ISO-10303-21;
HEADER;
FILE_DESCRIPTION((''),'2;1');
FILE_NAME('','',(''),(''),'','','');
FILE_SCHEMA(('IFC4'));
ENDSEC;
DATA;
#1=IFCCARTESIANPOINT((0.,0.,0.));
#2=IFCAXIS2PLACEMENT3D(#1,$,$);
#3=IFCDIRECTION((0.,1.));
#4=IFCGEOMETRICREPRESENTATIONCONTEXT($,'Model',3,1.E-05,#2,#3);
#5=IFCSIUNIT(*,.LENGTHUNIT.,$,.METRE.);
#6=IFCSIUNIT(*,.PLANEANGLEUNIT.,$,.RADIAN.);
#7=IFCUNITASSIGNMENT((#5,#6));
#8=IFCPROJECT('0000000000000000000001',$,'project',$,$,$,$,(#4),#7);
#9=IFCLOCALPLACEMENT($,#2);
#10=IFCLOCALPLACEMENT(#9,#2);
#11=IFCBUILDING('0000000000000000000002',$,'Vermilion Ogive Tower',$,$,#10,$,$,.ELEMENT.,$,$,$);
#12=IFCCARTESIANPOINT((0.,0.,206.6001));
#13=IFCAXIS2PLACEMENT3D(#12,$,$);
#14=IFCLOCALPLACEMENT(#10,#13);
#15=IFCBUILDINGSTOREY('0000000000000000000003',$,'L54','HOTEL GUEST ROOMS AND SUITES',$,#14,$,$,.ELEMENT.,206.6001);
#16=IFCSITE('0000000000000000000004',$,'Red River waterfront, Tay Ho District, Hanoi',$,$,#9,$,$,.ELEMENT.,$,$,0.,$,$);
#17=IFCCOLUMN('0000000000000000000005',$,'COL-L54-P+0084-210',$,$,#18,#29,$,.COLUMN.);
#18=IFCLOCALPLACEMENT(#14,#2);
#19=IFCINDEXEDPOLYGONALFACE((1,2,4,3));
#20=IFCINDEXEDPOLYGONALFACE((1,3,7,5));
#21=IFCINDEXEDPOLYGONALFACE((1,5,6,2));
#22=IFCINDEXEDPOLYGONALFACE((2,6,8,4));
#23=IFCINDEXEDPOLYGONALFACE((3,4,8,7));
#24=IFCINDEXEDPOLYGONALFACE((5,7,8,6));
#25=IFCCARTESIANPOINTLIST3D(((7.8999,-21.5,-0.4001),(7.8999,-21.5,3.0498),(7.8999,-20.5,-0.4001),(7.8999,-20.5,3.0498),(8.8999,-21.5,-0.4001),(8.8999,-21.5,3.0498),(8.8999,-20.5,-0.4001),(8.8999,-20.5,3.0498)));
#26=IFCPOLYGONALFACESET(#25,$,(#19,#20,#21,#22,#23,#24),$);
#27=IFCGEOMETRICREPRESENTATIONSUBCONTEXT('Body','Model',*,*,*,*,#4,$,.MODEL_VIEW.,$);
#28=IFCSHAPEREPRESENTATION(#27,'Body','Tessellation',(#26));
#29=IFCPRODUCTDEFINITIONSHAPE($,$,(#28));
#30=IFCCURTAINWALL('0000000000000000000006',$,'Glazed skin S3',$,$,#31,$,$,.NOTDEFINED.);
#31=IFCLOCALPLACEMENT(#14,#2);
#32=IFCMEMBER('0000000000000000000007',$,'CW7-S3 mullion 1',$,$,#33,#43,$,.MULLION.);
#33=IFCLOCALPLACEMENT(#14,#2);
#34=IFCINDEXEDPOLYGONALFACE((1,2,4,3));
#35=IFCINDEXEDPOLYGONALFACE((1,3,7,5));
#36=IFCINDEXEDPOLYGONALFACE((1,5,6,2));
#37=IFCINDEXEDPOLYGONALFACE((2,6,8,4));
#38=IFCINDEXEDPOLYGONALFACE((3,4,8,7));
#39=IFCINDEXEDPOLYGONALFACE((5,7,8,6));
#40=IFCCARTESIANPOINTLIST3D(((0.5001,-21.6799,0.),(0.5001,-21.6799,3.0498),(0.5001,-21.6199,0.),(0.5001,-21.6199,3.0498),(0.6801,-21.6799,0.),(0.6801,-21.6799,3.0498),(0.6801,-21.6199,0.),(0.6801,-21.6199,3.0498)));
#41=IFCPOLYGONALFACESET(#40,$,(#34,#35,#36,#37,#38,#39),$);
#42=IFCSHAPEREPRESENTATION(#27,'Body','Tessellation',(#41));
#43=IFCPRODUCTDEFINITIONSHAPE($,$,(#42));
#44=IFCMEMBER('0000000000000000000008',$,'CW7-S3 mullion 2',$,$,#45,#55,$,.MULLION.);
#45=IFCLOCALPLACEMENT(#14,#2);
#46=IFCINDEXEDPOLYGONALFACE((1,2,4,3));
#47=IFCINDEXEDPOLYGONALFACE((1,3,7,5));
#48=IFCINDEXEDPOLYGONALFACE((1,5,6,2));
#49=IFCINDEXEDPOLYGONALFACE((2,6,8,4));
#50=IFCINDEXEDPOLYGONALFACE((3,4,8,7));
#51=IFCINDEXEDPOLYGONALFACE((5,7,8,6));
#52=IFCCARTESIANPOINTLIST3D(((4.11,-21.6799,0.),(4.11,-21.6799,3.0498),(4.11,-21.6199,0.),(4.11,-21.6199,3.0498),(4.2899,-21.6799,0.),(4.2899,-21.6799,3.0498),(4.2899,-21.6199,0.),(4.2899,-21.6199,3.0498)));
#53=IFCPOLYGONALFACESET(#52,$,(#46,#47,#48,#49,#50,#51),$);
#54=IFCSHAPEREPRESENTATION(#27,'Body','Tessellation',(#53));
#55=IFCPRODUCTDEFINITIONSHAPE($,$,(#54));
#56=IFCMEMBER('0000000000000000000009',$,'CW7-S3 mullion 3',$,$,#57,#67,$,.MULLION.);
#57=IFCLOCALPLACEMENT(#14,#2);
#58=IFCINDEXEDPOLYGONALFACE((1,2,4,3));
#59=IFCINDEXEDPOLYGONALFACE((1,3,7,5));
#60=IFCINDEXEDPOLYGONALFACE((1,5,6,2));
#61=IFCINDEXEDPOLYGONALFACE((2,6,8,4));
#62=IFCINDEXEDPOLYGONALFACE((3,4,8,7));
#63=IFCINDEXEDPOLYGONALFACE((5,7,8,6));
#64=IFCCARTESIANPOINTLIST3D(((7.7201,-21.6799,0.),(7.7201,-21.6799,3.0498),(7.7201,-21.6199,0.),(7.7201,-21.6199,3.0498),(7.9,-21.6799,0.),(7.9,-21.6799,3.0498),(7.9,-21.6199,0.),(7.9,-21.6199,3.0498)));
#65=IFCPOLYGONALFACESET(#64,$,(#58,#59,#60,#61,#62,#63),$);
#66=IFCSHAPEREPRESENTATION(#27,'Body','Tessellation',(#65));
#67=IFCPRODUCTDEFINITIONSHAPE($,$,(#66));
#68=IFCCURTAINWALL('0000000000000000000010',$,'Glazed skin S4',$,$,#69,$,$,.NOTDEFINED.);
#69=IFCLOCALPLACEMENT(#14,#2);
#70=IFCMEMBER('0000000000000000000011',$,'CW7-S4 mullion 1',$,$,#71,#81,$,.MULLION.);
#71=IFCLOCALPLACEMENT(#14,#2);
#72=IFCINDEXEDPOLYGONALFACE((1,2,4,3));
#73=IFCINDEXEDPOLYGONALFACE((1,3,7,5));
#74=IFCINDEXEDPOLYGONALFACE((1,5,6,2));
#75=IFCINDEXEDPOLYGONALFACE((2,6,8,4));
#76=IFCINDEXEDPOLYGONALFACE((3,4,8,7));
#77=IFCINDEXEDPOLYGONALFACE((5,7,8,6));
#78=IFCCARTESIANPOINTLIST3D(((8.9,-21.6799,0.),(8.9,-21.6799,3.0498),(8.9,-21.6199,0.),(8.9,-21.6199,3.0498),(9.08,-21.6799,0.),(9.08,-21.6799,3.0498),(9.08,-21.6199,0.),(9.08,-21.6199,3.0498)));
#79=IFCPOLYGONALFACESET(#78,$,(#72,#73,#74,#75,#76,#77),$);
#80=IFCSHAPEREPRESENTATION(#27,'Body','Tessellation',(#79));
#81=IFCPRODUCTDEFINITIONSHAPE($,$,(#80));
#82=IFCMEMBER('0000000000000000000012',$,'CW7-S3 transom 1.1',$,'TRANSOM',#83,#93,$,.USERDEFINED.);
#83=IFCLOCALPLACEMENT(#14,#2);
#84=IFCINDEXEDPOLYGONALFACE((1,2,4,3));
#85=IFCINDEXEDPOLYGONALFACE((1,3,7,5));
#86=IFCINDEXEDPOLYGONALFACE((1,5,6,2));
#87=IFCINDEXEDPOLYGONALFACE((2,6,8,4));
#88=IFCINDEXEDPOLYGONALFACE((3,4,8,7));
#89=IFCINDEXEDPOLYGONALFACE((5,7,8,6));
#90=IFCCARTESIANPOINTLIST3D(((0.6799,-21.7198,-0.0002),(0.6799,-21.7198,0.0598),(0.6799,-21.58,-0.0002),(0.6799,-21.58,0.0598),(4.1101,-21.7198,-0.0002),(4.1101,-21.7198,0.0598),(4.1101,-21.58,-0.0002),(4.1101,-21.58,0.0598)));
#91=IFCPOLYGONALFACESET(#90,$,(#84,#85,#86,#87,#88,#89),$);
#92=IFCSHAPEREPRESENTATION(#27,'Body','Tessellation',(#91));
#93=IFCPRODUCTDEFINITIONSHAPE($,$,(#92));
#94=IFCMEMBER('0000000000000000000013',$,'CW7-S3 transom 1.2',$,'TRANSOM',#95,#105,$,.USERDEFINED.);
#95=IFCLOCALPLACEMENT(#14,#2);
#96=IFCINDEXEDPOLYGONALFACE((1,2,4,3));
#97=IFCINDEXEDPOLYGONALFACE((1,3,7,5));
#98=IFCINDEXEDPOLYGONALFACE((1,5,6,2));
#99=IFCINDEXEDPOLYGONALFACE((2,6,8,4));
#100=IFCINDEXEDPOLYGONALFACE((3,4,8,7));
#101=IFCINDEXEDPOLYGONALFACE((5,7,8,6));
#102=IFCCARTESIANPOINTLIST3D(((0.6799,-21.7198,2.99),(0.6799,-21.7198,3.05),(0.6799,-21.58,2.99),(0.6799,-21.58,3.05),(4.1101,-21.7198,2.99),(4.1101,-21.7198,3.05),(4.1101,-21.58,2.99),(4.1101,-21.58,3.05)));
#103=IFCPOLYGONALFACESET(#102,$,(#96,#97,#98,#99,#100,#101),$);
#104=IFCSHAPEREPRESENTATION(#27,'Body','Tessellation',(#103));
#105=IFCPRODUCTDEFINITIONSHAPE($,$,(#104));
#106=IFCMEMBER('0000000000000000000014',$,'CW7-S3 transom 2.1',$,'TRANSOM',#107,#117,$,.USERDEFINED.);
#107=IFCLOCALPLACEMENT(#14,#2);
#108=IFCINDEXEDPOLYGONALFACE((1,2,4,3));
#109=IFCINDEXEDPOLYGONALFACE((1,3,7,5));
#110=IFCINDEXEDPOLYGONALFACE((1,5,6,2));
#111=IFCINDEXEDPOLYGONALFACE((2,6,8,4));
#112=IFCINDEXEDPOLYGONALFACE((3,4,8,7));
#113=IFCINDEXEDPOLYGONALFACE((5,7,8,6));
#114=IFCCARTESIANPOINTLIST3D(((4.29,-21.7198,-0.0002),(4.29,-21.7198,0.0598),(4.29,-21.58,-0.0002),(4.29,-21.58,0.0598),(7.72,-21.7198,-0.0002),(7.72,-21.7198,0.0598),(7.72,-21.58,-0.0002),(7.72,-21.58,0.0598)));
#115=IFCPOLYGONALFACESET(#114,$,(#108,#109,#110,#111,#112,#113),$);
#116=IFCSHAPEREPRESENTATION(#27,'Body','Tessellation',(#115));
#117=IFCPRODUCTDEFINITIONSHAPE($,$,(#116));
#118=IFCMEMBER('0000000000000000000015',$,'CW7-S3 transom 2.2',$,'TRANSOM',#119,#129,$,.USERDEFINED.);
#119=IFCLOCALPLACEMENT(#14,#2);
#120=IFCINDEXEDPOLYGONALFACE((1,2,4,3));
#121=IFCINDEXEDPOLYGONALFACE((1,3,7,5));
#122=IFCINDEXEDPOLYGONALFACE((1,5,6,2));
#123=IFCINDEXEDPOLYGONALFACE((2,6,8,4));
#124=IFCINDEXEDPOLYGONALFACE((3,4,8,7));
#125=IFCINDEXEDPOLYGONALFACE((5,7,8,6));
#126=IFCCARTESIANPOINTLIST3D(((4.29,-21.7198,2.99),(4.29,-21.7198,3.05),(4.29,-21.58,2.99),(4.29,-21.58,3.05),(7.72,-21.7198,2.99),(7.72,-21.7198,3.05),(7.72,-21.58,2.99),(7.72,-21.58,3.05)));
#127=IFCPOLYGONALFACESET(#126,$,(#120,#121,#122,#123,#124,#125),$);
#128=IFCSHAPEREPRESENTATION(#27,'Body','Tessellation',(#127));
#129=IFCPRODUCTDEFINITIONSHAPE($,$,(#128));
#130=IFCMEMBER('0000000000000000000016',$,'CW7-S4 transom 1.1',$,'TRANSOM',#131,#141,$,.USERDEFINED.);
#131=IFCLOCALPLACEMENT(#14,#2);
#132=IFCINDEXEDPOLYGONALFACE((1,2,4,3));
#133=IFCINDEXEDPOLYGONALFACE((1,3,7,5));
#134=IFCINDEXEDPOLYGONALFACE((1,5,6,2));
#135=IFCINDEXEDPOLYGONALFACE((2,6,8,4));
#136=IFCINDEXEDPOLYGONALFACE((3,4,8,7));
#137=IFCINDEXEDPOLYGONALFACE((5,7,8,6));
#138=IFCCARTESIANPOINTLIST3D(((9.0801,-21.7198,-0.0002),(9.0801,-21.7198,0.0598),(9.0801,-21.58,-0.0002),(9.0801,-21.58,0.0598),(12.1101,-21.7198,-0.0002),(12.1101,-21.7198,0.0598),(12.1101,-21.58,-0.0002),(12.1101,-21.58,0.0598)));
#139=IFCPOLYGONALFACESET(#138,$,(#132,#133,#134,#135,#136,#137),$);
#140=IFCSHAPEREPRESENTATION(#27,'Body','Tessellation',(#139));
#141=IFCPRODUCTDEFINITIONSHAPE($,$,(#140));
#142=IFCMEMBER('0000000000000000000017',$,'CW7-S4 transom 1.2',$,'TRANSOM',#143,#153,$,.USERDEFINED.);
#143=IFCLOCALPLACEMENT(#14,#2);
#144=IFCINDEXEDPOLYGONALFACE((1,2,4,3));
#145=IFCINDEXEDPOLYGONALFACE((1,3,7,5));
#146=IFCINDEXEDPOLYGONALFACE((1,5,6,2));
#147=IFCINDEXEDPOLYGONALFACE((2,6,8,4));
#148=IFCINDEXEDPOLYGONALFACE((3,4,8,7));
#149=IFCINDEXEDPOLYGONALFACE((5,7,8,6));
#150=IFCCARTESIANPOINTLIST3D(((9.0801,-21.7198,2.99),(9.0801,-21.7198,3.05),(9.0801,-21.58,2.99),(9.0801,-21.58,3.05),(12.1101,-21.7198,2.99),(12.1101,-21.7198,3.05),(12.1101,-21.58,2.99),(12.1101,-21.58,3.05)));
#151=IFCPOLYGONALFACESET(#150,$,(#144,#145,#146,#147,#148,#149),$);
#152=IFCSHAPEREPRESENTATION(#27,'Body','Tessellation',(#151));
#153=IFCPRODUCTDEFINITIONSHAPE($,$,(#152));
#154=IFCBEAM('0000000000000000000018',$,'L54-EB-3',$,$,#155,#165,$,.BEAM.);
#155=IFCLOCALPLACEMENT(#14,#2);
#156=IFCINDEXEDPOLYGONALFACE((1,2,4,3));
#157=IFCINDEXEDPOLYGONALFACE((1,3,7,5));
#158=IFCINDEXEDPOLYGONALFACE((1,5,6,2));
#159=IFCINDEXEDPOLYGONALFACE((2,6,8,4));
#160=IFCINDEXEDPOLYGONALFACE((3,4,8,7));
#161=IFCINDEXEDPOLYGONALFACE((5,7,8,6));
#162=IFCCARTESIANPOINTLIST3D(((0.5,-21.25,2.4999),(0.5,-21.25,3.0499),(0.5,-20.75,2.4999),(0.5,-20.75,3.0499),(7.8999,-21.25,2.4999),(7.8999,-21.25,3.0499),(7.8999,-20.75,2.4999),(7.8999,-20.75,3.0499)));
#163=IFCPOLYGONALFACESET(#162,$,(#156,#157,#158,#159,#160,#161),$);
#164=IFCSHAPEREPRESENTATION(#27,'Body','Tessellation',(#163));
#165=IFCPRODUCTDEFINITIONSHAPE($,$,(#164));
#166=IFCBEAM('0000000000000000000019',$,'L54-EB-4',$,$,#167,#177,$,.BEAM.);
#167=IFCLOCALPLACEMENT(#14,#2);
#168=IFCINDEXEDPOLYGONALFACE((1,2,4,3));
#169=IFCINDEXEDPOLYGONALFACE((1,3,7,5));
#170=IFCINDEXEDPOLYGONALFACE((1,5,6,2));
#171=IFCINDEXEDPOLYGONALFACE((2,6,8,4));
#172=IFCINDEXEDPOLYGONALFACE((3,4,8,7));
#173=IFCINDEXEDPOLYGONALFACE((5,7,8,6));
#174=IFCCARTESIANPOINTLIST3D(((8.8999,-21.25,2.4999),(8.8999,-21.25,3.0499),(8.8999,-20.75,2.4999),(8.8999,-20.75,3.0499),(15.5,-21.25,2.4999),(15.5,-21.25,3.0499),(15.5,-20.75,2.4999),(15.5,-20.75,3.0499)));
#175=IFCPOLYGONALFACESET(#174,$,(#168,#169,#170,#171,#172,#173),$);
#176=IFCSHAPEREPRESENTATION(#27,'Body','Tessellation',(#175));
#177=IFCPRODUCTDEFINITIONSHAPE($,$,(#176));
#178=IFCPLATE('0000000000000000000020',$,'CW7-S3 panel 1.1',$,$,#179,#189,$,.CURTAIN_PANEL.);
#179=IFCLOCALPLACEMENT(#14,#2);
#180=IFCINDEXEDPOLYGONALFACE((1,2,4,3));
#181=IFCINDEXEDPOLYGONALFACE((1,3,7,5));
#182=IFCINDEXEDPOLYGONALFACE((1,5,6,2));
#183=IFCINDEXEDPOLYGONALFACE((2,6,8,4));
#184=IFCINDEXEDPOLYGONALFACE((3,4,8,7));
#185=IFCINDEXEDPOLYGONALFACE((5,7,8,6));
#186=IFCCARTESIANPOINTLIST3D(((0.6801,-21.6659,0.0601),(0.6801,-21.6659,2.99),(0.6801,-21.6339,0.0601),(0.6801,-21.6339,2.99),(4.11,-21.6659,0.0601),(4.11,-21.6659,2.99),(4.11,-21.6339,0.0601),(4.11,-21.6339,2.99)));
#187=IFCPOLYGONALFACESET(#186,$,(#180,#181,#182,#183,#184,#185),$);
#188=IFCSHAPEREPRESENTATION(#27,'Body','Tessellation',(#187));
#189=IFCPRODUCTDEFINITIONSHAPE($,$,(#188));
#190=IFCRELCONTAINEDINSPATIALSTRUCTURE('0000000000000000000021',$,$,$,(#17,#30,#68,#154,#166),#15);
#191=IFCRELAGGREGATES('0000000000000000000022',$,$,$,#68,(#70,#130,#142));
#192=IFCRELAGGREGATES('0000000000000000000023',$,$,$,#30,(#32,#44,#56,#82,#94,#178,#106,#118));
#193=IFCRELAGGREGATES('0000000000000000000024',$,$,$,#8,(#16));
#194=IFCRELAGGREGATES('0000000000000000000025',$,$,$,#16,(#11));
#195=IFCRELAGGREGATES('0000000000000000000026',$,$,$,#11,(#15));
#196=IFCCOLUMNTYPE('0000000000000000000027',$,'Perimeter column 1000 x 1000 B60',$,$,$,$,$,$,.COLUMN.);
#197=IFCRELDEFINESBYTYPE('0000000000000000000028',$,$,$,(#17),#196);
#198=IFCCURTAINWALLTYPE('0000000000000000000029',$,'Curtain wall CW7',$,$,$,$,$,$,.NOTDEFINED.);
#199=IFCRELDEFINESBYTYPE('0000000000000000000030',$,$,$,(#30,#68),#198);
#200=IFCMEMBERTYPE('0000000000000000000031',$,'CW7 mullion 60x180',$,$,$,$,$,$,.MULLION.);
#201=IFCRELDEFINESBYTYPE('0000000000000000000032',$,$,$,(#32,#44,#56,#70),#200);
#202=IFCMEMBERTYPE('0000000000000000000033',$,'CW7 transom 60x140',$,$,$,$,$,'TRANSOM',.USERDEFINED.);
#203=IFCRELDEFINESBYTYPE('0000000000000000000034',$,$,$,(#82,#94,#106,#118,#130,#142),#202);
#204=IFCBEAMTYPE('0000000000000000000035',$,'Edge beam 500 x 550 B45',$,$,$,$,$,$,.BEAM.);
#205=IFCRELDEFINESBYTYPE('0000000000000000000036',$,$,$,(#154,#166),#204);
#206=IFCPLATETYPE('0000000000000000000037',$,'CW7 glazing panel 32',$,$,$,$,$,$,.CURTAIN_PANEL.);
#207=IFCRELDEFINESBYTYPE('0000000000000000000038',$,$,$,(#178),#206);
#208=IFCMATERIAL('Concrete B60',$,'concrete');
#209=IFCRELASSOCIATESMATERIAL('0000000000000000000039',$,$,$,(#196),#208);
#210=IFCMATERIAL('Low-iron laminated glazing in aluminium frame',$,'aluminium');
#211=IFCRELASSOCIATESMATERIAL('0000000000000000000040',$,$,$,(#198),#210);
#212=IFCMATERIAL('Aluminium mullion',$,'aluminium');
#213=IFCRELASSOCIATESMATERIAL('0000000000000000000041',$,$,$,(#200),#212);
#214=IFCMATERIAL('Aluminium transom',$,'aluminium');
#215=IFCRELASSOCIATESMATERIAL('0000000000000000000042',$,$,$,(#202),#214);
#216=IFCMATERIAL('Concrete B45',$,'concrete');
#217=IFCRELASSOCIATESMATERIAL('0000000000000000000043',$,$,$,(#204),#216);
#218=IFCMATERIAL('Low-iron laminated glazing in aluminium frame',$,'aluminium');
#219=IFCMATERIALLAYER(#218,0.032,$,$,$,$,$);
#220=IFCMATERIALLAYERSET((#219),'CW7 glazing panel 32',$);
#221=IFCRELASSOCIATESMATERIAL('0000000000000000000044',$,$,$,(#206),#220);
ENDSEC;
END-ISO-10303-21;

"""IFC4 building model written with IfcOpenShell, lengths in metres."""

from ifc_helpers import new_model, si_unit, direction, frame, origin, origin_2d, place, context, subcontext, project, spatial, rectangle, extrude, material, layer, layer_set, material_profile, profile_set, type_object, element, aggregate, save


model = new_model("IFC4")

# Units and contexts
model_context = context("Model", 3, precision=1e-05, world=origin(), true_north=direction((0.0, 1.0)))
body_context = subcontext(model_context, "Body", "Model", "MODEL_VIEW")
ifc_project = project(units=[si_unit("LENGTHUNIT", "METRE"), si_unit("PLANEANGLEUNIT", "RADIAN")], contexts=[model_context])

# Site, building, storey
site_placement = place(None, origin())
site = spatial("IfcSite", under=ifc_project, at=site_placement, Name="Red River waterfront, Tay Ho District, Hanoi", CompositionType="ELEMENT", RefElevation=0.0)
building_placement = place(site_placement, origin())
building = spatial("IfcBuilding", under=site, at=building_placement, Name="Vermilion Ogive Tower", CompositionType="ELEMENT")
storey_placement = place(building_placement, frame((0.0, 0.0, 206.6001)))
storey = spatial("IfcBuildingStorey", under=building, at=storey_placement, Name="L54", Description="HOTEL GUEST ROOMS AND SUITES", CompositionType="ELEMENT", Elevation=206.6001)

# Column
ifc_material_1 = material(Name="Concrete B60", Category="concrete")
ifc_material_profile_1 = material_profile(ifc_material_1, rectangle(XDim=1.0, YDim=1.0, at=origin_2d()), Name="1000 x 1000")
ifc_profile_set_1 = profile_set([ifc_material_profile_1], Name="Concrete B60")
column_type = type_object("IfcColumnType", Name="Perimeter column 1000 x 1000 B60", PredefinedType="COLUMN", material=ifc_profile_set_1)
column_placement = place(storey_placement, frame((8.3999, -21.0, -0.4001), z_axis=(0.0, 0.0, 1.0), x_axis=(1.0, 0.0, 0.0)))
element("IfcColumn", 1, at=column_placement, inside=storey, type_object=column_type, Name="COL-L54-P+0084-210", PredefinedType="COLUMN", context=body_context, shape_type="SweptSolid", body=[
    extrude(rectangle(XDim=1.0, YDim=1.0, at=origin_2d()), origin(), (0.0, 0.0, 1.0), 3.45),
])

# Curtain wall, members
ifc_material_2 = material(Name="Low-iron laminated glazing in aluminium frame", Category="aluminium")
curtain_wall_type = type_object("IfcCurtainWallType", Name="Curtain wall CW7", PredefinedType="NOTDEFINED", material=ifc_material_2)
curtain_wall_1_placement = place(storey_placement, origin())
curtain_wall_1 = element("IfcCurtainWall", 2, at=curtain_wall_1_placement, inside=storey, type_object=curtain_wall_type, Name="Glazed skin S3", PredefinedType="NOTDEFINED")
ifc_material_3 = material(Name="Aluminium mullion", Category="aluminium")
ifc_material_profile_2 = material_profile(ifc_material_3, rectangle(XDim=0.0601, YDim=0.1799, at=origin_2d()), Name="AL 60x180")
ifc_profile_set_2 = profile_set([ifc_material_profile_2], Name="Aluminium mullion")
member_type_1 = type_object("IfcMemberType", Name="CW7 mullion 60x180", PredefinedType="MULLION", material=ifc_profile_set_2)
member_1_placement = place(storey_placement, frame((0.5901, -21.6499, 0.0), z_axis=(0.0, 0.0, 1.0), x_axis=(0.0, 1.0, 0.0)))
member_1 = element("IfcMember", 3, at=member_1_placement, type_object=member_type_1, Name="CW7-S3 mullion 1", PredefinedType="MULLION", context=body_context, shape_type="SweptSolid", body=[
    extrude(rectangle(XDim=0.0601, YDim=0.1799, at=origin_2d()), origin(), (0.0, 0.0, 1.0), 3.0498),
])
member_2_placement = place(storey_placement, frame((4.2, -21.6499, 0.0), z_axis=(0.0, 0.0, 1.0), x_axis=(0.0, 1.0, 0.0)))
member_2 = element("IfcMember", 4, at=member_2_placement, type_object=member_type_1, Name="CW7-S3 mullion 2", PredefinedType="MULLION", context=body_context, shape_type="SweptSolid", body=[
    extrude(rectangle(XDim=0.0601, YDim=0.1799, at=origin_2d()), origin(), (0.0, 0.0, 1.0), 3.0498),
])
member_3_placement = place(storey_placement, frame((7.8101, -21.6499, 0.0), z_axis=(0.0, 0.0, 1.0), x_axis=(0.0, 1.0, 0.0)))
member_3 = element("IfcMember", 5, at=member_3_placement, type_object=member_type_1, Name="CW7-S3 mullion 3", PredefinedType="MULLION", context=body_context, shape_type="SweptSolid", body=[
    extrude(rectangle(XDim=0.0601, YDim=0.1799, at=origin_2d()), origin(), (0.0, 0.0, 1.0), 3.0498),
])

# Curtain wall, member
curtain_wall_2_placement = place(storey_placement, origin())
curtain_wall_2 = element("IfcCurtainWall", 6, at=curtain_wall_2_placement, inside=storey, type_object=curtain_wall_type, Name="Glazed skin S4", PredefinedType="NOTDEFINED")
member_4_placement = place(storey_placement, frame((8.99, -21.6499, 0.0), z_axis=(0.0, 0.0, 1.0), x_axis=(0.0, 1.0, 0.0)))
member_4 = element("IfcMember", 7, at=member_4_placement, type_object=member_type_1, Name="CW7-S4 mullion 1", PredefinedType="MULLION", context=body_context, shape_type="SweptSolid", body=[
    extrude(rectangle(XDim=0.0601, YDim=0.1799, at=origin_2d()), origin(), (0.0, 0.0, 1.0), 3.0498),
])

# Members
ifc_material_4 = material(Name="Aluminium transom", Category="aluminium")
ifc_material_profile_3 = material_profile(ifc_material_4, rectangle(XDim=0.1399, YDim=0.0601, at=origin_2d()), Name="AL 60x140")
ifc_profile_set_3 = profile_set([ifc_material_profile_3], Name="Aluminium transom")
member_type_2 = type_object("IfcMemberType", Name="CW7 transom 60x140", ElementType="TRANSOM", PredefinedType="USERDEFINED", material=ifc_profile_set_3)
member_5_placement = place(storey_placement, frame((0.6799, -21.6499, 0.0298), z_axis=(1.0, 0.0, 0.0), x_axis=(0.0, 1.0, 0.0)))
member_5 = element("IfcMember", 8, at=member_5_placement, type_object=member_type_2, Name="CW7-S3 transom 1.1", ObjectType="TRANSOM", PredefinedType="USERDEFINED", context=body_context, shape_type="SweptSolid", body=[
    extrude(rectangle(XDim=0.1399, YDim=0.0601, at=origin_2d()), origin(), (0.0, 0.0, 1.0), 3.4302),
])
member_6_placement = place(storey_placement, frame((0.6799, -21.6499, 3.02), z_axis=(1.0, 0.0, 0.0), x_axis=(0.0, 1.0, 0.0)))
member_6 = element("IfcMember", 9, at=member_6_placement, type_object=member_type_2, Name="CW7-S3 transom 1.2", ObjectType="TRANSOM", PredefinedType="USERDEFINED", context=body_context, shape_type="SweptSolid", body=[
    extrude(rectangle(XDim=0.1399, YDim=0.0601, at=origin_2d()), origin(), (0.0, 0.0, 1.0), 3.4302),
])
member_7_placement = place(storey_placement, frame((4.29, -21.6499, 0.0298), z_axis=(1.0, 0.0, 0.0), x_axis=(0.0, 1.0, 0.0)))
member_7 = element("IfcMember", 10, at=member_7_placement, type_object=member_type_2, Name="CW7-S3 transom 2.1", ObjectType="TRANSOM", PredefinedType="USERDEFINED", context=body_context, shape_type="SweptSolid", body=[
    extrude(rectangle(XDim=0.1399, YDim=0.0601, at=origin_2d()), origin(), (0.0, 0.0, 1.0), 3.4299),
])
member_8_placement = place(storey_placement, frame((4.29, -21.6499, 3.02), z_axis=(1.0, 0.0, 0.0), x_axis=(0.0, 1.0, 0.0)))
member_8 = element("IfcMember", 11, at=member_8_placement, type_object=member_type_2, Name="CW7-S3 transom 2.2", ObjectType="TRANSOM", PredefinedType="USERDEFINED", context=body_context, shape_type="SweptSolid", body=[
    extrude(rectangle(XDim=0.1399, YDim=0.0601, at=origin_2d()), origin(), (0.0, 0.0, 1.0), 3.4299),
])
member_9_placement = place(storey_placement, frame((9.0801, -21.6499, 0.0298), z_axis=(1.0, 0.0, 0.0), x_axis=(0.0, 1.0, 0.0)))
member_9 = element("IfcMember", 12, at=member_9_placement, type_object=member_type_2, Name="CW7-S4 transom 1.1", ObjectType="TRANSOM", PredefinedType="USERDEFINED", context=body_context, shape_type="SweptSolid", body=[
    extrude(rectangle(XDim=0.1399, YDim=0.0601, at=origin_2d()), origin(), (0.0, 0.0, 1.0), 3.03),
])
member_10_placement = place(storey_placement, frame((9.0801, -21.6499, 3.02), z_axis=(1.0, 0.0, 0.0), x_axis=(0.0, 1.0, 0.0)))
member_10 = element("IfcMember", 13, at=member_10_placement, type_object=member_type_2, Name="CW7-S4 transom 1.2", ObjectType="TRANSOM", PredefinedType="USERDEFINED", context=body_context, shape_type="SweptSolid", body=[
    extrude(rectangle(XDim=0.1399, YDim=0.0601, at=origin_2d()), origin(), (0.0, 0.0, 1.0), 3.03),
])
aggregate(curtain_wall_2, [member_4, member_9, member_10])

# Beams
ifc_material_5 = material(Name="Concrete B45", Category="concrete")
ifc_material_profile_4 = material_profile(ifc_material_5, rectangle(XDim=0.5, YDim=0.55, at=origin_2d()), Name="500 x 550")
ifc_profile_set_4 = profile_set([ifc_material_profile_4], Name="Concrete B45")
beam_type = type_object("IfcBeamType", Name="Edge beam 500 x 550 B45", PredefinedType="BEAM", material=ifc_profile_set_4)
beam_1_placement = place(storey_placement, frame((0.5, -21.0, 2.7749), z_axis=(1.0, 0.0, 0.0), x_axis=(0.0, 1.0, 0.0)))
element("IfcBeam", 14, at=beam_1_placement, inside=storey, type_object=beam_type, Name="L54-EB-3", PredefinedType="BEAM", context=body_context, shape_type="SweptSolid", body=[
    extrude(rectangle(XDim=0.5, YDim=0.55, at=origin_2d()), origin(), (0.0, 0.0, 1.0), 7.3999),
])
beam_2_placement = place(storey_placement, frame((8.8999, -21.0, 2.7749), z_axis=(1.0, 0.0, 0.0), x_axis=(0.0, 1.0, 0.0)))
element("IfcBeam", 15, at=beam_2_placement, inside=storey, type_object=beam_type, Name="L54-EB-4", PredefinedType="BEAM", context=body_context, shape_type="SweptSolid", body=[
    extrude(rectangle(XDim=0.5, YDim=0.55, at=origin_2d()), origin(), (0.0, 0.0, 1.0), 6.6001),
])

# Plate
ifc_material_6 = material(Name="Low-iron laminated glazing in aluminium frame", Category="aluminium")
ifc_layer_1 = layer(ifc_material_6, 0.032)
ifc_layer_set_1 = layer_set([ifc_layer_1], Name="CW7 glazing panel 32")
plate_type = type_object("IfcPlateType", Name="CW7 glazing panel 32", PredefinedType="CURTAIN_PANEL", material=ifc_layer_set_1)
plate_1_placement = place(storey_placement, frame((2.395, -21.6499, 0.0601), z_axis=(0.0, 0.0, 1.0), x_axis=(1.0, 0.0, 0.0)))
plate_1 = element("IfcPlate", 16, at=plate_1_placement, type_object=plate_type, Name="CW7-S3 panel 1.1", PredefinedType="CURTAIN_PANEL", context=body_context, shape_type="SweptSolid", body=[
    extrude(rectangle(XDim=3.4299, YDim=0.032, at=origin_2d()), origin(), (0.0, 0.0, 1.0), 2.9299),
])
aggregate(curtain_wall_1, [member_1, member_2, member_3, member_5, member_6, plate_1, member_7, member_8])

save(model, "model.ifc")
